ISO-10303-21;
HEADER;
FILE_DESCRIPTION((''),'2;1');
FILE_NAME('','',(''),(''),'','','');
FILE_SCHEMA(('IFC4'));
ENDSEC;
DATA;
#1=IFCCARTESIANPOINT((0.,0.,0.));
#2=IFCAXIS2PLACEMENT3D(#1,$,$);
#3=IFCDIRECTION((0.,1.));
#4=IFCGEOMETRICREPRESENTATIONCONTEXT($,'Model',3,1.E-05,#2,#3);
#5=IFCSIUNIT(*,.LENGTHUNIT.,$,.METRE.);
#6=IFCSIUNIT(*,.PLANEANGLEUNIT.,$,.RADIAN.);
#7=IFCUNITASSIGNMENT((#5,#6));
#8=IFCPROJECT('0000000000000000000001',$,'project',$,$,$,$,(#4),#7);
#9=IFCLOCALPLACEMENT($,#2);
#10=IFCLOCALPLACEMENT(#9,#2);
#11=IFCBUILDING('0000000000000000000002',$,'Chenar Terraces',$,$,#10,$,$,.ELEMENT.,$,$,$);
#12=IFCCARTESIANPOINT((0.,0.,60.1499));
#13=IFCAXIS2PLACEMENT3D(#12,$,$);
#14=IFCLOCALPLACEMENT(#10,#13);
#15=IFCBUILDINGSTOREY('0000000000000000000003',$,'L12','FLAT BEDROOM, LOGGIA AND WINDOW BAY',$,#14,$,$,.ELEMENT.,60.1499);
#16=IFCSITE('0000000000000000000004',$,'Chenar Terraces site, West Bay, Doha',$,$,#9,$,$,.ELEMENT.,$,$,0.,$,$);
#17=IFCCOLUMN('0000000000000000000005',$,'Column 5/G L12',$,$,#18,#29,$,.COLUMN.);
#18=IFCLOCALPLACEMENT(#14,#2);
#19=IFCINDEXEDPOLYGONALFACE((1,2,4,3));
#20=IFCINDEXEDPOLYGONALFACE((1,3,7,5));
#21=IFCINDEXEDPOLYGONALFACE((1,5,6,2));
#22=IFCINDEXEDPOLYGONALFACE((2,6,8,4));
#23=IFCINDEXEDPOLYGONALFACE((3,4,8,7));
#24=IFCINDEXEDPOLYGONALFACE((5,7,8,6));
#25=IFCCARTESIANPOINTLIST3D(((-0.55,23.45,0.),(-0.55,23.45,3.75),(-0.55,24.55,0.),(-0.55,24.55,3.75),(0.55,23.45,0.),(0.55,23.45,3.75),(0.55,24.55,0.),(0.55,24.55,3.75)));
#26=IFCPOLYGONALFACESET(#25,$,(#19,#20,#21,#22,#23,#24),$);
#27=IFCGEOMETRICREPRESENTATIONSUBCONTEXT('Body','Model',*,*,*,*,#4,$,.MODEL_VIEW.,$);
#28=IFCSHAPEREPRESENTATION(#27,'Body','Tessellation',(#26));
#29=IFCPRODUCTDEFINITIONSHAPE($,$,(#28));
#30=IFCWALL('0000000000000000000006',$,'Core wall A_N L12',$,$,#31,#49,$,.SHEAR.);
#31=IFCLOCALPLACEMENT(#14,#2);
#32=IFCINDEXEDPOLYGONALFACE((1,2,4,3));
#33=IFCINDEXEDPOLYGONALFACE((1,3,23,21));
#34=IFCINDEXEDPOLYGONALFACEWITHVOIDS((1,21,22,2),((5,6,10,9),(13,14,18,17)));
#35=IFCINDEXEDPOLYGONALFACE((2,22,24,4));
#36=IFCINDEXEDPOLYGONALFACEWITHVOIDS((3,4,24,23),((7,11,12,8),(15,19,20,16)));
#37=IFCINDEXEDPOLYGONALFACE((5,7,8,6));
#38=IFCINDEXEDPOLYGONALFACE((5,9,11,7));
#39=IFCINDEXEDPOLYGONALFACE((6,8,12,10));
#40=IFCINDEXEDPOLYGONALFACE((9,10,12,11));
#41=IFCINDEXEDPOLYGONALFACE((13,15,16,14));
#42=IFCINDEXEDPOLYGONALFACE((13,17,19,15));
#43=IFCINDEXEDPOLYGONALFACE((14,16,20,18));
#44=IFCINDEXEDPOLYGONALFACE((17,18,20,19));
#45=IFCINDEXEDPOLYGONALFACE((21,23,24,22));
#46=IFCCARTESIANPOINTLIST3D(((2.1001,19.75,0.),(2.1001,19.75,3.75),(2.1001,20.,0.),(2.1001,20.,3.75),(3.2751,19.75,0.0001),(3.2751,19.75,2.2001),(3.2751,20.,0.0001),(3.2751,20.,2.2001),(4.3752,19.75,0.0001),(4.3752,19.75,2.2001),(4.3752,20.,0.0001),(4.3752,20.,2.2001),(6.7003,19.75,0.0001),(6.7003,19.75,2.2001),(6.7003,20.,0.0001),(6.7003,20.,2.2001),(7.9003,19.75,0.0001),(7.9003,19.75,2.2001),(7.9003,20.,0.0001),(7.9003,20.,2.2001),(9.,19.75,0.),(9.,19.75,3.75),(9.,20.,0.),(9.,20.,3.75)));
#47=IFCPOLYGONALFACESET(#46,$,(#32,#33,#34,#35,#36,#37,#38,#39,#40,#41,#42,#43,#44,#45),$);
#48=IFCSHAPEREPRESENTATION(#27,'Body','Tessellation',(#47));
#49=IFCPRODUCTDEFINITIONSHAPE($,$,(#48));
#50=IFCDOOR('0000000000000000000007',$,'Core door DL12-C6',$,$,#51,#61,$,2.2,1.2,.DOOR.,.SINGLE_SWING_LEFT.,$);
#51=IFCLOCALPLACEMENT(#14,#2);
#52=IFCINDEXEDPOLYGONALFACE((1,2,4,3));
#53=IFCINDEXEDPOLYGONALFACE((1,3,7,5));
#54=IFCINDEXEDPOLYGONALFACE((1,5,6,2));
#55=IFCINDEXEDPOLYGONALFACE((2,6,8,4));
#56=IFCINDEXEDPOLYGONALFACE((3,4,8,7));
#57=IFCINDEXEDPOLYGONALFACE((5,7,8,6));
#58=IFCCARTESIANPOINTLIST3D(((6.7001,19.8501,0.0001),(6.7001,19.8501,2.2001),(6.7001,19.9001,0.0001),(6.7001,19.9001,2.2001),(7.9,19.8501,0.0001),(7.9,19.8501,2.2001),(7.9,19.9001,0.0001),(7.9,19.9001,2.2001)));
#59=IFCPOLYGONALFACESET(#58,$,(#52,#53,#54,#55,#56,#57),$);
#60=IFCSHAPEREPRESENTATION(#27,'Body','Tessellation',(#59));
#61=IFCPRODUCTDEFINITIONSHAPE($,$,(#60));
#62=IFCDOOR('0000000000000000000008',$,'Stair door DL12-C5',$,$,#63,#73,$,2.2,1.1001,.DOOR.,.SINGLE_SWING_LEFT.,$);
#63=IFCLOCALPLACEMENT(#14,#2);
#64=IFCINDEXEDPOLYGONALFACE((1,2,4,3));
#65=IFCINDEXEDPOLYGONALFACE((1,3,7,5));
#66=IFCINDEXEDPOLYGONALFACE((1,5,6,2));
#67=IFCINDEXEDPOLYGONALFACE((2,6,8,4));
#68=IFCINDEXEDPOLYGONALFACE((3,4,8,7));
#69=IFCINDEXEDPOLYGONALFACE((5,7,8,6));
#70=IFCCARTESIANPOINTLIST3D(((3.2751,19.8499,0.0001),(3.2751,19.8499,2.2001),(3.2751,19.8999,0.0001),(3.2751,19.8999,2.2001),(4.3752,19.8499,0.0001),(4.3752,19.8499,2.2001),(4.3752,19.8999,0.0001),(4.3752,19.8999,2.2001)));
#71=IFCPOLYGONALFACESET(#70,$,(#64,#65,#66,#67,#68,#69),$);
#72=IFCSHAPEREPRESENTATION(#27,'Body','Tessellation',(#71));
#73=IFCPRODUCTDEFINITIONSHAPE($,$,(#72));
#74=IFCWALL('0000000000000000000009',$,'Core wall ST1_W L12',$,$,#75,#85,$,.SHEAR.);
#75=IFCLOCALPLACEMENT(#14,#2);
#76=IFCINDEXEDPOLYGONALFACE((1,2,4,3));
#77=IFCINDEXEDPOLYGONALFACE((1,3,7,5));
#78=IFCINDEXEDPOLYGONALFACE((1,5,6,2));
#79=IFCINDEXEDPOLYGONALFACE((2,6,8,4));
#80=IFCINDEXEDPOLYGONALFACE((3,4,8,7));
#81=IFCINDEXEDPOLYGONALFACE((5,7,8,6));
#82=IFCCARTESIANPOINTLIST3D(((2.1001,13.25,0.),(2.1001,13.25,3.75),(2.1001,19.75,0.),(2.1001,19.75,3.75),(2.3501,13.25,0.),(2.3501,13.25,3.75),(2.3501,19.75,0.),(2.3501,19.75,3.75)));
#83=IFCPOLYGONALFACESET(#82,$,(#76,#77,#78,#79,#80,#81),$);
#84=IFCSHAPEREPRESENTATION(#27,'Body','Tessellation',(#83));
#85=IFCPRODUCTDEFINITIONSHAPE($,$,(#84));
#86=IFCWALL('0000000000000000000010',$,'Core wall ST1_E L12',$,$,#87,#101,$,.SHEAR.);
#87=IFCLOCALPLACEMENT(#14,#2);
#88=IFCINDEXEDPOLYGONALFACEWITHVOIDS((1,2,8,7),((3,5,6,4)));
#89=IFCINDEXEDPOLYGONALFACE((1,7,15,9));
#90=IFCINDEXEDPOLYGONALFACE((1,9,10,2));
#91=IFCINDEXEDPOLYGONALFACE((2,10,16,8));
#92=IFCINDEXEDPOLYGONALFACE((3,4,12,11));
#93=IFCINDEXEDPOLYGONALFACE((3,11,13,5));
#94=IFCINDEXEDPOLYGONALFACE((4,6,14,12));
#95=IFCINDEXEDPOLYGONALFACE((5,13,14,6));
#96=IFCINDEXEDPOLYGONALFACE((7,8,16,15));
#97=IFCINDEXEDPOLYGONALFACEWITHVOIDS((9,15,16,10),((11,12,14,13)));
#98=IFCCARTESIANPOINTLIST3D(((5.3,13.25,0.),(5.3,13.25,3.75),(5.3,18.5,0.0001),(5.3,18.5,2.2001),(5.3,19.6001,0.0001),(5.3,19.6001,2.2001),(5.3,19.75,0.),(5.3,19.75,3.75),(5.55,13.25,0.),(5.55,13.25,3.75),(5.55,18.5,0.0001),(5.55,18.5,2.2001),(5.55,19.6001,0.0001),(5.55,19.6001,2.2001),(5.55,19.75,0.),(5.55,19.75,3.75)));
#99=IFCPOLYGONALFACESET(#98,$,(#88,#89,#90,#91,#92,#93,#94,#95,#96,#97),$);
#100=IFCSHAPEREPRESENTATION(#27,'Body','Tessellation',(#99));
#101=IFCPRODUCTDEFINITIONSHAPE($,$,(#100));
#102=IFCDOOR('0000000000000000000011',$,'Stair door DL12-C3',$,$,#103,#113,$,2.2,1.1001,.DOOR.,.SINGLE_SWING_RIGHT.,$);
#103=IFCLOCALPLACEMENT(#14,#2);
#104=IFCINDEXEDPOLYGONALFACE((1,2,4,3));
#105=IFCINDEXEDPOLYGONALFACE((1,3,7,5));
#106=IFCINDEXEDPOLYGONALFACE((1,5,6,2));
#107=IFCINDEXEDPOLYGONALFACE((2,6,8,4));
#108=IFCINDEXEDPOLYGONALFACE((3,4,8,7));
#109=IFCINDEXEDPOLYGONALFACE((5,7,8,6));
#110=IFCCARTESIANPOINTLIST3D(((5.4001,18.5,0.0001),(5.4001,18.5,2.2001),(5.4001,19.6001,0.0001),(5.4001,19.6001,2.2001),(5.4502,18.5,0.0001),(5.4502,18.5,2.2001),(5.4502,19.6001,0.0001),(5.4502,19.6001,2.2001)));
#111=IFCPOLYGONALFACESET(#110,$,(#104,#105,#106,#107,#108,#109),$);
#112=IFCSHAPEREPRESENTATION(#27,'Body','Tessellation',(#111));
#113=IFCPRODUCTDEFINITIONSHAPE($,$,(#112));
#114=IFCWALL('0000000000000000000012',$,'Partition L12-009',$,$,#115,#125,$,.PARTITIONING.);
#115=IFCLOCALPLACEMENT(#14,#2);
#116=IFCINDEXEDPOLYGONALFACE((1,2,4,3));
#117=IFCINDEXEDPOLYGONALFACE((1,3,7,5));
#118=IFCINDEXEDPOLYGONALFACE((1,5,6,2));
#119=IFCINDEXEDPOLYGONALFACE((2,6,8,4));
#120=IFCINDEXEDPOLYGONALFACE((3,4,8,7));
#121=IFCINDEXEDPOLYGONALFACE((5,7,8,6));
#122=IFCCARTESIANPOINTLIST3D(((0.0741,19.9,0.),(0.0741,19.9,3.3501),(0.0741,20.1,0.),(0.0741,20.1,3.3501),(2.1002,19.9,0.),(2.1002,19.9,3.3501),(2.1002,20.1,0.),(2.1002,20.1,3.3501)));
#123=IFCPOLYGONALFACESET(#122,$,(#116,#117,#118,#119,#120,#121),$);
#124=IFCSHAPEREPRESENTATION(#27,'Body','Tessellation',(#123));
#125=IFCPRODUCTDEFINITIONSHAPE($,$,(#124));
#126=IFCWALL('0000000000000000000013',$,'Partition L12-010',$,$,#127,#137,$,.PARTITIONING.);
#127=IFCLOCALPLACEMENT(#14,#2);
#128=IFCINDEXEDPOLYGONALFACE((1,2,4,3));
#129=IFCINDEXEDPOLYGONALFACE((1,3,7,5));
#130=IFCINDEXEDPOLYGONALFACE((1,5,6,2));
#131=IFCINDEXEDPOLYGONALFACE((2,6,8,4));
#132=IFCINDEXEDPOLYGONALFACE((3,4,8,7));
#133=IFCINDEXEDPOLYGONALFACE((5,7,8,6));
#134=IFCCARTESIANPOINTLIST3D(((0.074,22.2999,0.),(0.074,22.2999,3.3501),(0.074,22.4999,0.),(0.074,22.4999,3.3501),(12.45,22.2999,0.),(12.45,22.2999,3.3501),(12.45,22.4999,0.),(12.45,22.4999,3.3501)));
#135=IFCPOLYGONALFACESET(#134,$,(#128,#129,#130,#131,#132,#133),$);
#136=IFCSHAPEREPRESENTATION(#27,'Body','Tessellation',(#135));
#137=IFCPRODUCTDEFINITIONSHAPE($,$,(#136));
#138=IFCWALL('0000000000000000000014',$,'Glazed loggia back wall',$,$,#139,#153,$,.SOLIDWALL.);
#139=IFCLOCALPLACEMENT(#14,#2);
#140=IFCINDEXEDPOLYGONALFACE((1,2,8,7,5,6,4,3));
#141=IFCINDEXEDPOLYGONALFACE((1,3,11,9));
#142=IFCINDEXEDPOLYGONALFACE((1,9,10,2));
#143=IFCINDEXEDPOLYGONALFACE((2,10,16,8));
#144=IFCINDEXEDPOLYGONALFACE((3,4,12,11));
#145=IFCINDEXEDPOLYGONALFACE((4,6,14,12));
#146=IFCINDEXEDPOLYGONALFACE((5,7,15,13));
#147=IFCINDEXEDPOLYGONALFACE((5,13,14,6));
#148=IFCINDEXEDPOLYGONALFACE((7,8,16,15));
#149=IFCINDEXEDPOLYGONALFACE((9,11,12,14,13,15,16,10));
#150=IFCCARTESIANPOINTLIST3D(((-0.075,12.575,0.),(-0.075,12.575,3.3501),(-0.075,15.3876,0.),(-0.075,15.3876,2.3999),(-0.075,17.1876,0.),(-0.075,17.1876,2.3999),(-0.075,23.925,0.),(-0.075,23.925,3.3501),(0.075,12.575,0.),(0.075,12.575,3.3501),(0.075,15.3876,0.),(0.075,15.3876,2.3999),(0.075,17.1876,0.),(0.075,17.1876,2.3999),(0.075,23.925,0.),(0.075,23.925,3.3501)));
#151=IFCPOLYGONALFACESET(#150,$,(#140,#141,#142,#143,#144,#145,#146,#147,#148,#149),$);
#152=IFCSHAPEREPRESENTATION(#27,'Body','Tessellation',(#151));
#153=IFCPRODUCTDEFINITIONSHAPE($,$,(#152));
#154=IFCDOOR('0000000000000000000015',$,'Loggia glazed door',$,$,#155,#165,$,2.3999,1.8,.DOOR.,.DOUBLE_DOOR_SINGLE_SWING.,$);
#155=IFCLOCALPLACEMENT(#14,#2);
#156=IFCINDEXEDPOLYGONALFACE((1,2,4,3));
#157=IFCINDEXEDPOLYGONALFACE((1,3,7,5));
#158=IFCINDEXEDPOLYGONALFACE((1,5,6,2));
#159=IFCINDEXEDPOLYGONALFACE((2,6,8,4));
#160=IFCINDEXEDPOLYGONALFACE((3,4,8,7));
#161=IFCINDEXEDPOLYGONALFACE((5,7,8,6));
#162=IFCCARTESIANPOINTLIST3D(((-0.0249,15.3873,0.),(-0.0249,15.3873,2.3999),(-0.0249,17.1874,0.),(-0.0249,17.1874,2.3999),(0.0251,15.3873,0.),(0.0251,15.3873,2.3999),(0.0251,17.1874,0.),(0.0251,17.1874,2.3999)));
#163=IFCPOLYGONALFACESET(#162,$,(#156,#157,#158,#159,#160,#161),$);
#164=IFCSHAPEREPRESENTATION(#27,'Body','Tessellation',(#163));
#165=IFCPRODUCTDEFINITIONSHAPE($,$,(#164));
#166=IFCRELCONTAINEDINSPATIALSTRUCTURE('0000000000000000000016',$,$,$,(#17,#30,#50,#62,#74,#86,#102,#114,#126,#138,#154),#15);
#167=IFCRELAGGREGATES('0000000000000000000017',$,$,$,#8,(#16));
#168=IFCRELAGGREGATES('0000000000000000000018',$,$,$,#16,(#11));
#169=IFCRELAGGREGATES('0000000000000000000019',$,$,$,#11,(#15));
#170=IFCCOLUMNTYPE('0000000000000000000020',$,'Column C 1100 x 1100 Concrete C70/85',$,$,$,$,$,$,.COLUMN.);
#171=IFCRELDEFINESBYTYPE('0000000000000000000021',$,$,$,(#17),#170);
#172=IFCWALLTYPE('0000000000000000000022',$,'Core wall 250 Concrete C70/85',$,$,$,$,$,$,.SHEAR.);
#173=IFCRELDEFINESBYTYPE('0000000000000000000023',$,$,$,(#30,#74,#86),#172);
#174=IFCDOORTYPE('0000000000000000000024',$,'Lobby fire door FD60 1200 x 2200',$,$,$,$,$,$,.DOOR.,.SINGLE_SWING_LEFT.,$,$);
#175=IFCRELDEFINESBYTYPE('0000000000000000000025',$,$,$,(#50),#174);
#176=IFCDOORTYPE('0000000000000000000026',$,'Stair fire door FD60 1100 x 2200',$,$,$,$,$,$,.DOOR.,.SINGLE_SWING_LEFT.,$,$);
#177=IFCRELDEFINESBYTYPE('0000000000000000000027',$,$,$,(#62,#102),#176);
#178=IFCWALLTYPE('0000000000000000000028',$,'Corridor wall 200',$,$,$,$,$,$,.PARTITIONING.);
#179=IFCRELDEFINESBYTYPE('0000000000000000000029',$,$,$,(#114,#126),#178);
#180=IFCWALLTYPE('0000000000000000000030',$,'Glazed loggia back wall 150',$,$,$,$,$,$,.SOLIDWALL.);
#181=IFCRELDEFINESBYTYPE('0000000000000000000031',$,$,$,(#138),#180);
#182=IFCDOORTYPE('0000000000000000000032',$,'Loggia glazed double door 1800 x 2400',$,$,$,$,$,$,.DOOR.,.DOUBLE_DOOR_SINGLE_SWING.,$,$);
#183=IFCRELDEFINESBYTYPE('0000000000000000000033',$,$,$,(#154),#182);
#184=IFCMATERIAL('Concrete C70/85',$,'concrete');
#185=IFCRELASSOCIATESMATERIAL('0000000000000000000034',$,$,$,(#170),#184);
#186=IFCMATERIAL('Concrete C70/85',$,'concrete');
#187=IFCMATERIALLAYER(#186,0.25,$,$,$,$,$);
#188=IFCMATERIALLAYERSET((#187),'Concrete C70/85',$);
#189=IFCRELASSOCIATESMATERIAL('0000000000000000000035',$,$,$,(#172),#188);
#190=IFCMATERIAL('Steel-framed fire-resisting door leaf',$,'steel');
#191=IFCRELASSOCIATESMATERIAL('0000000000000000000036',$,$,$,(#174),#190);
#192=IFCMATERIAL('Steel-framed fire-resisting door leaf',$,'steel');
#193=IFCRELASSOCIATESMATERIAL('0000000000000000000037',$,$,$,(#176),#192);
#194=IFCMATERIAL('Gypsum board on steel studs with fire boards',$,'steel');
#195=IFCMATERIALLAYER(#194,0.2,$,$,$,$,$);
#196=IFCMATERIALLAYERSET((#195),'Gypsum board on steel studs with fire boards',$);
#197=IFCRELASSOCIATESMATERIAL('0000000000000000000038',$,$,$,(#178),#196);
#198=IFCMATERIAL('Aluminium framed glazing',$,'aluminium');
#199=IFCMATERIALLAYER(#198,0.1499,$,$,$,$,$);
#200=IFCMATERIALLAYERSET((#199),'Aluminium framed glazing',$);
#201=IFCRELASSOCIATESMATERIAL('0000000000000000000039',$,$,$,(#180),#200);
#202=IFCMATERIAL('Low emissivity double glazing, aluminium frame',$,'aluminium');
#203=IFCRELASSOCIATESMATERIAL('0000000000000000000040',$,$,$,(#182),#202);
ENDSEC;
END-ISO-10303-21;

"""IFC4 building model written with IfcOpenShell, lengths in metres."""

from ifc_helpers import new_model, si_unit, direction, frame, frame_2d, origin, origin_2d, place, context, subcontext, project, spatial, rectangle, extrude, material, layer, layer_set, material_profile, profile_set, type_object, element, fill, save


model = new_model("IFC4")

# Units and contexts
model_context = context("Model", 3, precision=1e-05, world=origin(), true_north=direction((0.0, 1.0)))
body_context = subcontext(model_context, "Body", "Model", "MODEL_VIEW")
ifc_project = project(units=[si_unit("LENGTHUNIT", "METRE"), si_unit("PLANEANGLEUNIT", "RADIAN")], contexts=[model_context])

# Site, building, storey
site_placement = place(None, origin())
site = spatial("IfcSite", under=ifc_project, at=site_placement, Name="Chenar Terraces site, West Bay, Doha", CompositionType="ELEMENT", RefElevation=0.0)
building_placement = place(site_placement, origin())
building = spatial("IfcBuilding", under=site, at=building_placement, Name="Chenar Terraces", CompositionType="ELEMENT")
storey_placement = place(building_placement, frame((0.0, 0.0, 60.1499)))
storey = spatial("IfcBuildingStorey", under=building, at=storey_placement, Name="L12", Description="FLAT BEDROOM, LOGGIA AND WINDOW BAY", CompositionType="ELEMENT", Elevation=60.1499)

# Column
ifc_material_1 = material(Name="Concrete C70/85", Category="concrete")
ifc_material_profile = material_profile(ifc_material_1, rectangle(XDim=1.1001, YDim=1.1001, at=origin_2d()), Name="C 1100 x 1100")
ifc_profile_set = profile_set([ifc_material_profile], Name="Concrete C70/85")
column_type = type_object("IfcColumnType", Name="Column C 1100 x 1100 Concrete C70/85", PredefinedType="COLUMN", material=ifc_profile_set)
column_placement = place(storey_placement, frame((0.0, 24.0, 0.0), z_axis=(0.0, 0.0, 1.0), x_axis=(1.0, 0.0, 0.0)))
element("IfcColumn", 1, at=column_placement, inside=storey, type_object=column_type, Name="Column 5/G L12", PredefinedType="COLUMN", context=body_context, shape_type="SweptSolid", body=[
    extrude(rectangle(XDim=1.1001, YDim=1.1001, at=origin_2d()), origin(), (0.0, 0.0, 1.0), 3.75),
])

# Wall, openings, doors
ifc_material_2 = material(Name="Concrete C70/85", Category="concrete")
ifc_layer_1 = layer(ifc_material_2, 0.25)
ifc_layer_set_1 = layer_set([ifc_layer_1], Name="Concrete C70/85")
wall_type_1 = type_object("IfcWallType", Name="Core wall 250 Concrete C70/85", PredefinedType="SHEAR", material=ifc_layer_set_1)
wall_1_placement = place(storey_placement, frame((2.1001, 19.875, 0.0), z_axis=(0.0, 0.0, 1.0), x_axis=(1.0, 0.0, 0.0)))
wall_1 = element("IfcWall", 2, at=wall_1_placement, inside=storey, type_object=wall_type_1, Name="Core wall A_N L12", PredefinedType="SHEAR", context=body_context, shape_type="SweptSolid", body=[
    extrude(rectangle(XDim=6.8999, YDim=0.25, at=frame_2d((3.45, 0.0))), origin(), (0.0, 0.0, 1.0), 3.75),
])
opening_1_placement = place(wall_1_placement, frame((1.175, 0.0, 0.0)))
opening_1 = element("IfcOpeningElement", 3, at=opening_1_placement, cuts=wall_1, PredefinedType="OPENING", context=body_context, shape_type="SweptSolid", body=[
    extrude(rectangle(XDim=1.1001, YDim=2.2, at=frame_2d((0.55, 1.1001))), frame((0.0, 0.135, 0.0), z_axis=(0.0, -1.0, 0.0), x_axis=(1.0, 0.0, 0.0)), (0.0, 0.0, 1.0), 0.27),
])
opening_2_placement = place(wall_1_placement, frame((4.6001, 0.0, 0.0)))
opening_2 = element("IfcOpeningElement", 4, at=opening_2_placement, cuts=wall_1, PredefinedType="OPENING", context=body_context, shape_type="SweptSolid", body=[
    extrude(rectangle(XDim=1.2, YDim=2.2, at=frame_2d((0.6001, 1.1001))), frame((0.0, 0.135, 0.0), z_axis=(0.0, -1.0, 0.0), x_axis=(1.0, 0.0, 0.0)), (0.0, 0.0, 1.0), 0.27),
])
ifc_material_3 = material(Name="Steel-framed fire-resisting door leaf", Category="steel")
door_type_1 = type_object("IfcDoorType", Name="Lobby fire door FD60 1200 x 2200", OperationType="SINGLE_SWING_LEFT", PredefinedType="DOOR", material=ifc_material_3)
door_1_placement = place(opening_2_placement, frame((1.2, 0.0, 0.0), z_axis=(0.0, 0.0, 1.0), x_axis=(-1.0, 0.0, 0.0)))
door_1 = element("IfcDoor", 5, at=door_1_placement, inside=storey, type_object=door_type_1, Name="Core door DL12-C6", OperationType="SINGLE_SWING_LEFT", OverallHeight=2.2, OverallWidth=1.2, PredefinedType="DOOR", context=body_context, shape_type="SweptSolid", body=[
    extrude(rectangle(XDim=1.2, YDim=2.2, at=frame_2d((0.6001, 1.1001))), frame((0.0, 0.0249, 0.0), z_axis=(0.0, -1.0, 0.0), x_axis=(1.0, 0.0, 0.0)), (0.0, 0.0, 1.0), 0.05),
])
fill(opening_2, door_1)
ifc_material_4 = material(Name="Steel-framed fire-resisting door leaf", Category="steel")
door_type_2 = type_object("IfcDoorType", Name="Stair fire door FD60 1100 x 2200", OperationType="SINGLE_SWING_LEFT", PredefinedType="DOOR", material=ifc_material_4)
door_2_placement = place(opening_1_placement, origin())
door_2 = element("IfcDoor", 6, at=door_2_placement, inside=storey, type_object=door_type_2, Name="Stair door DL12-C5", OperationType="SINGLE_SWING_LEFT", OverallHeight=2.2, OverallWidth=1.1001, PredefinedType="DOOR", context=body_context, shape_type="SweptSolid", body=[
    extrude(rectangle(XDim=1.1001, YDim=2.2, at=frame_2d((0.55, 1.1001))), frame((0.0, 0.0249, 0.0), z_axis=(0.0, -1.0, 0.0), x_axis=(1.0, 0.0, 0.0)), (0.0, 0.0, 1.0), 0.05),
])
fill(opening_1, door_2)

# Wall
wall_2_placement = place(storey_placement, frame((2.2251, 13.25, 0.0), z_axis=(0.0, 0.0, 1.0), x_axis=(0.0, 1.0, 0.0)))
element("IfcWall", 7, at=wall_2_placement, inside=storey, type_object=wall_type_1, Name="Core wall ST1_W L12", PredefinedType="SHEAR", context=body_context, shape_type="SweptSolid", body=[
    extrude(rectangle(XDim=6.5, YDim=0.25, at=frame_2d((3.25, 0.0))), origin(), (0.0, 0.0, 1.0), 3.75),
])

# Wall, opening, door
wall_3_placement = place(storey_placement, frame((5.425, 13.25, 0.0), z_axis=(0.0, 0.0, 1.0), x_axis=(0.0, 1.0, 0.0)))
wall_3 = element("IfcWall", 8, at=wall_3_placement, inside=storey, type_object=wall_type_1, Name="Core wall ST1_E L12", PredefinedType="SHEAR", context=body_context, shape_type="SweptSolid", body=[
    extrude(rectangle(XDim=6.5, YDim=0.25, at=frame_2d((3.25, 0.0))), origin(), (0.0, 0.0, 1.0), 3.75),
])
opening_3_placement = place(wall_3_placement, frame((5.25, 0.0, 0.0)))
opening_3 = element("IfcOpeningElement", 9, at=opening_3_placement, cuts=wall_3, PredefinedType="OPENING", context=body_context, shape_type="SweptSolid", body=[
    extrude(rectangle(XDim=1.1001, YDim=2.2, at=frame_2d((0.55, 1.1001))), frame((0.0, 0.135, 0.0), z_axis=(0.0, -1.0, 0.0), x_axis=(1.0, 0.0, 0.0)), (0.0, 0.0, 1.0), 0.27),
])
door_3_placement = place(opening_3_placement, origin())
door_3 = element("IfcDoor", 10, at=door_3_placement, inside=storey, type_object=door_type_2, Name="Stair door DL12-C3", OperationType="SINGLE_SWING_RIGHT", OverallHeight=2.2, OverallWidth=1.1001, PredefinedType="DOOR", context=body_context, shape_type="SweptSolid", body=[
    extrude(rectangle(XDim=1.1001, YDim=2.2, at=frame_2d((0.55, 1.1001))), frame((0.0, 0.0249, 0.0), z_axis=(0.0, -1.0, 0.0), x_axis=(1.0, 0.0, 0.0)), (0.0, 0.0, 1.0), 0.05),
])
fill(opening_3, door_3)

# Walls
ifc_material_5 = material(Name="Gypsum board on steel studs with fire boards", Category="steel")
ifc_layer_2 = layer(ifc_material_5, 0.2)
ifc_layer_set_2 = layer_set([ifc_layer_2], Name="Gypsum board on steel studs with fire boards")
wall_type_2 = type_object("IfcWallType", Name="Corridor wall 200", PredefinedType="PARTITIONING", material=ifc_layer_set_2)
wall_4_placement = place(storey_placement, frame((0.074, 20.0, 0.0), z_axis=(0.0, 0.0, 1.0), x_axis=(1.0, 0.0, 0.0)))
element("IfcWall", 11, at=wall_4_placement, inside=storey, type_object=wall_type_2, Name="Partition L12-009", PredefinedType="PARTITIONING", context=body_context, shape_type="SweptSolid", body=[
    extrude(rectangle(XDim=2.0261, YDim=0.2, at=frame_2d((1.0132, 0.0))), origin(), (0.0, 0.0, 1.0), 3.3501),
])
wall_5_placement = place(storey_placement, frame((0.074, 22.3999, 0.0), z_axis=(0.0, 0.0, 1.0), x_axis=(1.0, 0.0, 0.0)))
element("IfcWall", 12, at=wall_5_placement, inside=storey, type_object=wall_type_2, Name="Partition L12-010", PredefinedType="PARTITIONING", context=body_context, shape_type="SweptSolid", body=[
    extrude(rectangle(XDim=12.376, YDim=0.2, at=frame_2d((6.188, 0.0))), origin(), (0.0, 0.0, 1.0), 3.3501),
])

# Wall, opening, door
ifc_material_6 = material(Name="Aluminium framed glazing", Category="aluminium")
ifc_layer_3 = layer(ifc_material_6, 0.1499)
ifc_layer_set_3 = layer_set([ifc_layer_3], Name="Aluminium framed glazing")
wall_type_3 = type_object("IfcWallType", Name="Glazed loggia back wall 150", PredefinedType="SOLIDWALL", material=ifc_layer_set_3)
wall_6_placement = place(storey_placement, frame((0.0, 23.925, 0.0), z_axis=(0.0, 0.0, 1.0), x_axis=(0.0, -1.0, 0.0)))
wall_6 = element("IfcWall", 13, at=wall_6_placement, inside=storey, type_object=wall_type_3, Name="Glazed loggia back wall", PredefinedType="SOLIDWALL", context=body_context, shape_type="SweptSolid", body=[
    extrude(rectangle(XDim=11.3501, YDim=0.1499, at=frame_2d((5.675, 0.0))), origin(), (0.0, 0.0, 1.0), 3.3501),
])
opening_4_placement = place(wall_6_placement, frame((6.7375, 0.0, 0.0)))
opening_4 = element("IfcOpeningElement", 14, at=opening_4_placement, cuts=wall_6, PredefinedType="OPENING", context=body_context, shape_type="SweptSolid", body=[
    extrude(rectangle(XDim=1.8, YDim=2.3999, at=frame_2d((0.8999, 1.2))), frame((0.0, 0.085, 0.0), z_axis=(0.0, -1.0, 0.0), x_axis=(1.0, 0.0, 0.0)), (0.0, 0.0, 1.0), 0.1699),
])
ifc_material_7 = material(Name="Low emissivity double glazing, aluminium frame", Category="aluminium")
door_type_3 = type_object("IfcDoorType", Name="Loggia glazed double door 1800 x 2400", OperationType="DOUBLE_DOOR_SINGLE_SWING", PredefinedType="DOOR", material=ifc_material_7)
door_4_placement = place(opening_4_placement, frame((1.8, 0.0, 0.0), z_axis=(0.0, 0.0, 1.0), x_axis=(-1.0, 0.0, 0.0)))
door_4 = element("IfcDoor", 15, at=door_4_placement, inside=storey, type_object=door_type_3, Name="Loggia glazed door", OperationType="DOUBLE_DOOR_SINGLE_SWING", OverallHeight=2.3999, OverallWidth=1.8, PredefinedType="DOOR", context=body_context, shape_type="SweptSolid", body=[
    extrude(rectangle(XDim=1.8, YDim=2.3999, at=frame_2d((0.8999, 1.2))), frame((0.0, 0.0249, 0.0), z_axis=(0.0, -1.0, 0.0), x_axis=(1.0, 0.0, 0.0)), (0.0, 0.0, 1.0), 0.05),
])
fill(opening_4, door_4)

save(model, "model.ifc")
